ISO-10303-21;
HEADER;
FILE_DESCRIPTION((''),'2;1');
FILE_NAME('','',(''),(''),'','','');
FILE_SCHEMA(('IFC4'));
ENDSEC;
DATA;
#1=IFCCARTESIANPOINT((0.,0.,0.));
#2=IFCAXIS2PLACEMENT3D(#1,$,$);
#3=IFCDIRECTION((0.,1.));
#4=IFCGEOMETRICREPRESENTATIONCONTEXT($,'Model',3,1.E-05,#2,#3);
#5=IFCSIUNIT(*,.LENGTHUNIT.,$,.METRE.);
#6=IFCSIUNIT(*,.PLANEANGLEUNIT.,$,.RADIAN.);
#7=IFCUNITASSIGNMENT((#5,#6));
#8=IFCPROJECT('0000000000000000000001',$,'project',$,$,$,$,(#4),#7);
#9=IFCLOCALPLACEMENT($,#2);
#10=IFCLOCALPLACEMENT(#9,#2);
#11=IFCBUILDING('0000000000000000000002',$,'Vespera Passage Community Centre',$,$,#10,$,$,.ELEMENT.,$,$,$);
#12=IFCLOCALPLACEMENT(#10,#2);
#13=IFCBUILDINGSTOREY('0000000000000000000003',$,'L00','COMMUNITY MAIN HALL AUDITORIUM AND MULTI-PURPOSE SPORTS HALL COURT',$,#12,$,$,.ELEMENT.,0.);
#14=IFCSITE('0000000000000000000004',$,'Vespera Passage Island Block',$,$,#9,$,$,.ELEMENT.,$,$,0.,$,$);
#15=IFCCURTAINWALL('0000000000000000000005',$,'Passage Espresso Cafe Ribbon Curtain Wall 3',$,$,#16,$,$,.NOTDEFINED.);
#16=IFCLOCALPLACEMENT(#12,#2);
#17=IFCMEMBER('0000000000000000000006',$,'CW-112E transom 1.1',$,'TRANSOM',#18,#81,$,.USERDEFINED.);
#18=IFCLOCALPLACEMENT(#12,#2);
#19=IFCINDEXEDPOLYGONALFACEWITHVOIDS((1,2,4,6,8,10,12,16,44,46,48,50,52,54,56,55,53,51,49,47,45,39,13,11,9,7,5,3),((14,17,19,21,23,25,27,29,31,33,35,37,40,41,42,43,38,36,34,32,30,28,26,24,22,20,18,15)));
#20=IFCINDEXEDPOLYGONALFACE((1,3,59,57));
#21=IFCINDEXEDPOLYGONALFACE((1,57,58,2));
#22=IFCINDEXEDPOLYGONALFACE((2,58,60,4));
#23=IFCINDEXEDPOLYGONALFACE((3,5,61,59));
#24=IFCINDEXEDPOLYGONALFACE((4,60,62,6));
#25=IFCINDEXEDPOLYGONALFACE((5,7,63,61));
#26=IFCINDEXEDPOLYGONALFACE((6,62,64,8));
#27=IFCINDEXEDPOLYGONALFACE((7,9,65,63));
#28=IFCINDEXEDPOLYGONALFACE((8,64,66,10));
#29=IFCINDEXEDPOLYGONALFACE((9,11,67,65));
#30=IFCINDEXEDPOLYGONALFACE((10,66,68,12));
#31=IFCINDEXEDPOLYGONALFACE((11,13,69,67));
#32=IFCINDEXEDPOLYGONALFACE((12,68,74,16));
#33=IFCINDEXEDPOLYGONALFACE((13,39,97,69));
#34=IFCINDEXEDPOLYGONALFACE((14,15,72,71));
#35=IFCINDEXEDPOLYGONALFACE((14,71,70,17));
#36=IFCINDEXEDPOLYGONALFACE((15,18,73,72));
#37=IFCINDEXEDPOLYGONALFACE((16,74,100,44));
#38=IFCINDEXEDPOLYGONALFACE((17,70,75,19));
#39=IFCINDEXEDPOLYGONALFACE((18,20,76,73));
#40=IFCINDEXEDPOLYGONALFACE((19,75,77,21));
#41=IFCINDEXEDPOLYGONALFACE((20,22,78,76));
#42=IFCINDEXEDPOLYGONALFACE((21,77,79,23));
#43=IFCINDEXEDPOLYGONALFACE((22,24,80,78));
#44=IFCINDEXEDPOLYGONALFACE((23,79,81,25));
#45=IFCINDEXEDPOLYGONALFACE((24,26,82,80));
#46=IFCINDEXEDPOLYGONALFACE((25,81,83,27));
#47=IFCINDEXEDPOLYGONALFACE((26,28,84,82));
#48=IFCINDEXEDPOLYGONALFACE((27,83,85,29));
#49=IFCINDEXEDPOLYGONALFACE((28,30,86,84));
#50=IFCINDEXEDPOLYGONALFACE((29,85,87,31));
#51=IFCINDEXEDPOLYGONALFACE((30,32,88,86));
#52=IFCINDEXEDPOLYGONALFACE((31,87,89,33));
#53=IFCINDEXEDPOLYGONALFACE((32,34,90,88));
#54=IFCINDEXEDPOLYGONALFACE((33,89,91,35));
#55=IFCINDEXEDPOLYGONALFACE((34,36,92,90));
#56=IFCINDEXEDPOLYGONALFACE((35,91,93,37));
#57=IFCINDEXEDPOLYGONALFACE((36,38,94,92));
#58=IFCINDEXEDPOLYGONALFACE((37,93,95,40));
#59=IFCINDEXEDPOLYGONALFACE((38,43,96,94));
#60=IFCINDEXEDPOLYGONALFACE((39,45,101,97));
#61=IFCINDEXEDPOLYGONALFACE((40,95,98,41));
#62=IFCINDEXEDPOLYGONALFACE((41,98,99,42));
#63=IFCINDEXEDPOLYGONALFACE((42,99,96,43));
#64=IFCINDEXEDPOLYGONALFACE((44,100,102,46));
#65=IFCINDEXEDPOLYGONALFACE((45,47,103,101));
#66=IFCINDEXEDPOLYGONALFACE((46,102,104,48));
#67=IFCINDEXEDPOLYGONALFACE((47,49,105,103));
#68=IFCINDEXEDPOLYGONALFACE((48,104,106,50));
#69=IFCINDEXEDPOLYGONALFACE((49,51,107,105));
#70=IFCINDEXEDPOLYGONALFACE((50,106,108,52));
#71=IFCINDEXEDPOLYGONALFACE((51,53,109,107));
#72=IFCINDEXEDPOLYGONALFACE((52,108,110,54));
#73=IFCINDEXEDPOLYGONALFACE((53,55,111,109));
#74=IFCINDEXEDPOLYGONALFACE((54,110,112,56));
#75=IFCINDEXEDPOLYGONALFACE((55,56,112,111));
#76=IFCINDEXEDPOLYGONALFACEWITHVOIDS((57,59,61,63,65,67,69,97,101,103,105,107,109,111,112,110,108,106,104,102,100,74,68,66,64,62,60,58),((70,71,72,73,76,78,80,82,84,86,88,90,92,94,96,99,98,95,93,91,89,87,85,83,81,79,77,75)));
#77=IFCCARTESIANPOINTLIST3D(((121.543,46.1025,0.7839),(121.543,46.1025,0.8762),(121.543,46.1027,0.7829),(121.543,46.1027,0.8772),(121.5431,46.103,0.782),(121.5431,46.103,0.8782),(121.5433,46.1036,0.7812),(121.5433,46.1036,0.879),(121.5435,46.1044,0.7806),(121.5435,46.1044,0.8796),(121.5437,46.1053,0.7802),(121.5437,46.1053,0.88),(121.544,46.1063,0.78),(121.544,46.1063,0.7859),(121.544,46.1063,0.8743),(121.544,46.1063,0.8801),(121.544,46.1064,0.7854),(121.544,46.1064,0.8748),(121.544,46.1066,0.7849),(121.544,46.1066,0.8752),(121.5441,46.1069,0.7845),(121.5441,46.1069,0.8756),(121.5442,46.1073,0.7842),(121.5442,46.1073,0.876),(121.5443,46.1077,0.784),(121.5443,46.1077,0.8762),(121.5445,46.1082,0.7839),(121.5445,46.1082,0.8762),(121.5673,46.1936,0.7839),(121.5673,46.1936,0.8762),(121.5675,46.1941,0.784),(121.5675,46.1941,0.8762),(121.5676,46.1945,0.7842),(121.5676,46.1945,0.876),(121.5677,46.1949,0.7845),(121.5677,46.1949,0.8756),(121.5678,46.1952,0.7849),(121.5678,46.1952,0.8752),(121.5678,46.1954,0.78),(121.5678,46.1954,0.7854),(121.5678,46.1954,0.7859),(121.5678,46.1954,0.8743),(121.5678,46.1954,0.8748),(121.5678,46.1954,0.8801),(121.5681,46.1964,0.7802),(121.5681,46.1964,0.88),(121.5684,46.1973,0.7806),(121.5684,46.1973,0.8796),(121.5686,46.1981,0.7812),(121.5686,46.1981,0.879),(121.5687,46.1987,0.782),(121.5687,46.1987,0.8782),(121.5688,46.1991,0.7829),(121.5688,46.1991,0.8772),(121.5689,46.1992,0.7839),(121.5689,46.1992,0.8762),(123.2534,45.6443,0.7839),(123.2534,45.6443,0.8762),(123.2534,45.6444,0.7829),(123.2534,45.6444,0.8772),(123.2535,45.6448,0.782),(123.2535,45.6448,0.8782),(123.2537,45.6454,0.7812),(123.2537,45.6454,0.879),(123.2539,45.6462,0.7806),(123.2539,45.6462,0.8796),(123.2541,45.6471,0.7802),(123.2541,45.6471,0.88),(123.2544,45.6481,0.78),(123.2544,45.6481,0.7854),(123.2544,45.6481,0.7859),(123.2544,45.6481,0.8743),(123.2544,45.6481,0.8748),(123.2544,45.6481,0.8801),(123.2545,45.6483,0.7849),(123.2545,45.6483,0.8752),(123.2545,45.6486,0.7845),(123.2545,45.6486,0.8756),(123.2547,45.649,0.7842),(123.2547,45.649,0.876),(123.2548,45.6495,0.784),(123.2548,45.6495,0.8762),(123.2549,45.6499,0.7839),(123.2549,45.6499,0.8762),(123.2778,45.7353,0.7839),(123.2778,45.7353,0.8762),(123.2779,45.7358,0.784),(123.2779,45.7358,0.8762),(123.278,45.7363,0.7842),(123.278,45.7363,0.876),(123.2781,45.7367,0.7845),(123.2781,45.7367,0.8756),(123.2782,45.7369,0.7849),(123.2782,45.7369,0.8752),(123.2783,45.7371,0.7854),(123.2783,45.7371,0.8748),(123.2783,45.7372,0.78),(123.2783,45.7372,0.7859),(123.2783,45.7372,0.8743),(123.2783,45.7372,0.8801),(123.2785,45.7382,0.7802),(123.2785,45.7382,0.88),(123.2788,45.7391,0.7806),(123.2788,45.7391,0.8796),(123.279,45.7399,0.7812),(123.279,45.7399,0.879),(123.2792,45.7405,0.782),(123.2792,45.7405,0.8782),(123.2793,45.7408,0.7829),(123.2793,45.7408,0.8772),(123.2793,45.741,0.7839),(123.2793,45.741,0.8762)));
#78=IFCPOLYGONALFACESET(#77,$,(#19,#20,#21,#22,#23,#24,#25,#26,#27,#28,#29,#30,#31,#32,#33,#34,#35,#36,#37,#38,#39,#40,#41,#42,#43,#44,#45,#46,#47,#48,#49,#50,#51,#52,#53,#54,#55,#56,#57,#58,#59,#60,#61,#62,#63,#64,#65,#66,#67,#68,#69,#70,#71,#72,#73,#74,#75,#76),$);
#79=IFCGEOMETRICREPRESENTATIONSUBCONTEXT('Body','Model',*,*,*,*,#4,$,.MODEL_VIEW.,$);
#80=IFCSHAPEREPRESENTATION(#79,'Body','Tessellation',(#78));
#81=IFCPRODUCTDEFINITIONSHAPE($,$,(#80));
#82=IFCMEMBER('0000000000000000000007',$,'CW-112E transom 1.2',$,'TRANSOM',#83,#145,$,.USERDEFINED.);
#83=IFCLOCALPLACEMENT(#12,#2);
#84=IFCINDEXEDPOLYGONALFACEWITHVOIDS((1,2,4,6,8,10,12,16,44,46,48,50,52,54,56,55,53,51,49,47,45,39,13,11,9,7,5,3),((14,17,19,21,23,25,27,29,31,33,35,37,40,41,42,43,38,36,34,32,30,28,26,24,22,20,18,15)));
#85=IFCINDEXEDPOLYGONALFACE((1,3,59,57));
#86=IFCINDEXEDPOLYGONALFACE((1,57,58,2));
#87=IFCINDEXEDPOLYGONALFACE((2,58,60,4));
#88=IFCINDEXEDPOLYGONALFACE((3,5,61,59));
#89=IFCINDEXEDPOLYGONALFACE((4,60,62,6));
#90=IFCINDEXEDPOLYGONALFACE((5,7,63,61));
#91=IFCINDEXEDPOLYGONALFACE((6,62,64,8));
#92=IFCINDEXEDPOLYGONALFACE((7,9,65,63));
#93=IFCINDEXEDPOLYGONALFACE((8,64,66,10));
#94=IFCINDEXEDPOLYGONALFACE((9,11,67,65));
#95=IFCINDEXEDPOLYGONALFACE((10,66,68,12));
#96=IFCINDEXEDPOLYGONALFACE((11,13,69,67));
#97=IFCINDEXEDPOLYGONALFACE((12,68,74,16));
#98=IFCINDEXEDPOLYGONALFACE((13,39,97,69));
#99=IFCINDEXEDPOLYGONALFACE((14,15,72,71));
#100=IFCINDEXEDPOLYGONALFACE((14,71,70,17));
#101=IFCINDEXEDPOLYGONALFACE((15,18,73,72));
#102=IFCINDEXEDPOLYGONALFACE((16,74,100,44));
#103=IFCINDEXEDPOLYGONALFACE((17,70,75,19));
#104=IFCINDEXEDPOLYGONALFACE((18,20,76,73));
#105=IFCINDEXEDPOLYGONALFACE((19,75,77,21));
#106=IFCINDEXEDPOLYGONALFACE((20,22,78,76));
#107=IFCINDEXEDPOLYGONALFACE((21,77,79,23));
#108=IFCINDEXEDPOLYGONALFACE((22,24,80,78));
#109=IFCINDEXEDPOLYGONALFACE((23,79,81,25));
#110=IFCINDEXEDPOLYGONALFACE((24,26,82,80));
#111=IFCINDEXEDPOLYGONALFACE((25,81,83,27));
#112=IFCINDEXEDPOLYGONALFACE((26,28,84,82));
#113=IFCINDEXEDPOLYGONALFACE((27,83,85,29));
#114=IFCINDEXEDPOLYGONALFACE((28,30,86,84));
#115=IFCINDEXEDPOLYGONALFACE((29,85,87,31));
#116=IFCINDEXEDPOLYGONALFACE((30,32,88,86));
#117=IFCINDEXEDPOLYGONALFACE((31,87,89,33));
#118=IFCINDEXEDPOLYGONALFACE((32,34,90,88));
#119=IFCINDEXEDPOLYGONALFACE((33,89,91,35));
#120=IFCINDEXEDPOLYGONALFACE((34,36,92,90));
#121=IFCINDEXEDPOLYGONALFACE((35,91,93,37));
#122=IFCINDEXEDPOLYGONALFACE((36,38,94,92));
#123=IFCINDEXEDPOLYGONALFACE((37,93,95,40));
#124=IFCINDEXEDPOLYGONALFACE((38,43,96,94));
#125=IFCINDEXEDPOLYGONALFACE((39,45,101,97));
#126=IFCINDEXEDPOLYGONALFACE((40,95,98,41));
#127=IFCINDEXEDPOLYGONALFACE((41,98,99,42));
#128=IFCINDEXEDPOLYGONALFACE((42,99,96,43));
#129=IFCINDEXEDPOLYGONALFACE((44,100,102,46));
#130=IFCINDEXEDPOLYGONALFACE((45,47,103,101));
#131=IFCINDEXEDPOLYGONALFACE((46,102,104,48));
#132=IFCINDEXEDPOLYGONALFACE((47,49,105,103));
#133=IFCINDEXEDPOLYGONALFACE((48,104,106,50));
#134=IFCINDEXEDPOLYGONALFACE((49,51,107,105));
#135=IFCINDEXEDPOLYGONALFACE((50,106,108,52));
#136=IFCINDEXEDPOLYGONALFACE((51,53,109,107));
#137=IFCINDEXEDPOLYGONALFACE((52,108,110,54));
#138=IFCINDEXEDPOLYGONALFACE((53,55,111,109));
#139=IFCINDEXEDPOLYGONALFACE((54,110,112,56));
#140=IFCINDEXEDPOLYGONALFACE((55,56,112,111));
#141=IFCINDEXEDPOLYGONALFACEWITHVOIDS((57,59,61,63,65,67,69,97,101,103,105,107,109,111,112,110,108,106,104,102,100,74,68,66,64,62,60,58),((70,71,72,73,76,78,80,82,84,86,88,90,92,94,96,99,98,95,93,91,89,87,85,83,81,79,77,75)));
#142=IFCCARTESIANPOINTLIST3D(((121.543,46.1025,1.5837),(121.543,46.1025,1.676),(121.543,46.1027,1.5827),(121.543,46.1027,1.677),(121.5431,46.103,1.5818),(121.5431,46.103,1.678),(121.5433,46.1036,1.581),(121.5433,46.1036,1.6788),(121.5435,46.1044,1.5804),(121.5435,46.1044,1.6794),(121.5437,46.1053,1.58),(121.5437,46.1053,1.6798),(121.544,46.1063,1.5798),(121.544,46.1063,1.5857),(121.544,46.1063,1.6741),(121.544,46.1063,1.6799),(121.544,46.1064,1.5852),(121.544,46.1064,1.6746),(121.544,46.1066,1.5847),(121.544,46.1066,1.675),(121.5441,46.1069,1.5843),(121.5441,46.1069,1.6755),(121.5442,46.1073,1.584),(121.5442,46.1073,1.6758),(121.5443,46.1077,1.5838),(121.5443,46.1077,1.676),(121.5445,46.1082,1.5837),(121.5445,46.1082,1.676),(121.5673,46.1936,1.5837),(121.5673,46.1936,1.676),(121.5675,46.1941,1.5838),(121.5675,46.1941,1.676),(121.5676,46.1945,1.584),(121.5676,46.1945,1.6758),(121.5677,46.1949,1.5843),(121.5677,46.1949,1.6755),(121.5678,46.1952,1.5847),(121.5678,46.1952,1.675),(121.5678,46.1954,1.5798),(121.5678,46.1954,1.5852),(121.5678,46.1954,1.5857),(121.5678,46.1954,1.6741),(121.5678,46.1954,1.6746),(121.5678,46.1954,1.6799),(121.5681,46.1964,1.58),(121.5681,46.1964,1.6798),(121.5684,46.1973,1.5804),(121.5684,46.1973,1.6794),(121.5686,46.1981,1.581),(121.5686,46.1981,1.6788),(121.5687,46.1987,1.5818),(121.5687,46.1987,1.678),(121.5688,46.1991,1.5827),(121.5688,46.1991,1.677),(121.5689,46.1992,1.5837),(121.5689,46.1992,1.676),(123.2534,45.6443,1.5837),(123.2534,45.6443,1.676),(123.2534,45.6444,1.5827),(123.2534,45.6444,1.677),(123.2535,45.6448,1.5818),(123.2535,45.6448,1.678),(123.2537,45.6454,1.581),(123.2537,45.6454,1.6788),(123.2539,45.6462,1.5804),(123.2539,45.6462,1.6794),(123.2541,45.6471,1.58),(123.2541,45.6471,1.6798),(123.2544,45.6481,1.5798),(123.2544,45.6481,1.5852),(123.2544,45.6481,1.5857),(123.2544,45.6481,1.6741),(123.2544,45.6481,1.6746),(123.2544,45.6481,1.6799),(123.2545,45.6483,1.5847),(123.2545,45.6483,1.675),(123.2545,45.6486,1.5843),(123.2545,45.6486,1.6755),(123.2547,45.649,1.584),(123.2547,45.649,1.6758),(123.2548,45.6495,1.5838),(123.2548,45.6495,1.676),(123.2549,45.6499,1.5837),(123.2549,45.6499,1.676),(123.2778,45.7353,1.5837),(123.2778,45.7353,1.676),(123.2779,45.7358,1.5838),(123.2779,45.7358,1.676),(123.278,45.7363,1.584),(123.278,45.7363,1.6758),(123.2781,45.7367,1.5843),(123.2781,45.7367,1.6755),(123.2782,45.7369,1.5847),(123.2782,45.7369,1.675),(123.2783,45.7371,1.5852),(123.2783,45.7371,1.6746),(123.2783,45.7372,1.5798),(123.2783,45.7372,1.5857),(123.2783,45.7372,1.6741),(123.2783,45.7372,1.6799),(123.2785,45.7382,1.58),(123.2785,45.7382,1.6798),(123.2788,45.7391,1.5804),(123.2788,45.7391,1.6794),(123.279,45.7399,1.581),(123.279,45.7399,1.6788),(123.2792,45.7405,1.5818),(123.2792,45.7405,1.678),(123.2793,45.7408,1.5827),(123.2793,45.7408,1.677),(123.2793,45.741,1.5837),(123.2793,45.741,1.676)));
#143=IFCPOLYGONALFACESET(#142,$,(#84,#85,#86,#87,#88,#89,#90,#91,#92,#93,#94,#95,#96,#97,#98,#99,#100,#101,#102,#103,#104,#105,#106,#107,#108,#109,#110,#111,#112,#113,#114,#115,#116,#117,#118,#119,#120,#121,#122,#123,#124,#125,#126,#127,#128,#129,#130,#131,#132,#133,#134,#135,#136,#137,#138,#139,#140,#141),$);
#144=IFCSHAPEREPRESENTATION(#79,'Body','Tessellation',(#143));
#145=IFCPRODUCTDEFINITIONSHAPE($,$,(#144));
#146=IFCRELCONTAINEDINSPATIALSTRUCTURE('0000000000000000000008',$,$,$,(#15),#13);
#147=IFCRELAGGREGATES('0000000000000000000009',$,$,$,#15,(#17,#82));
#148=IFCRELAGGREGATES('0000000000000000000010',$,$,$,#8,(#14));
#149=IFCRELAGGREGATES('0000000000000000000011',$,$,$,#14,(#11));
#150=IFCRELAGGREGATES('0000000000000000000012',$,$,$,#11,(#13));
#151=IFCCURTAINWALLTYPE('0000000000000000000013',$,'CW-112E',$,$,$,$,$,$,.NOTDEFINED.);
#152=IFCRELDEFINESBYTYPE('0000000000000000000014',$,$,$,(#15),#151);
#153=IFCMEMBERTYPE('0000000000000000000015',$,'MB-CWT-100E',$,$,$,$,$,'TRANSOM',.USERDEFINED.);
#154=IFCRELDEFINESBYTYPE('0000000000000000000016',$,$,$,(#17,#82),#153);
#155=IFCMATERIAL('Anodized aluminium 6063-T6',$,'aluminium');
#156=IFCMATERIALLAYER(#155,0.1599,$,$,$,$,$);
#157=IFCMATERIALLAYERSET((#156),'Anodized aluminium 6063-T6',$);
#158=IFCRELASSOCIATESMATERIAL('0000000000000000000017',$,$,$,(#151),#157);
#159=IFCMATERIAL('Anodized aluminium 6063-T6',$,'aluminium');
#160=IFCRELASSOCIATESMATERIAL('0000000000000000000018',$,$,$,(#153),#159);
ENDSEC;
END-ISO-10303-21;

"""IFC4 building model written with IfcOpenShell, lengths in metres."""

from ifc_helpers import new_model, si_unit, direction, frame, origin, origin_2d, place, context, subcontext, project, spatial, hollow_rectangle, extrude, material, layer, layer_set, material_profile, profile_set, type_object, element, aggregate, save


model = new_model("IFC4")

# Units and contexts
model_context = context("Model", 3, precision=1e-05, world=origin(), true_north=direction((0.0, 1.0)))
body_context = subcontext(model_context, "Body", "Model", "MODEL_VIEW")
ifc_project = project(units=[si_unit("LENGTHUNIT", "METRE"), si_unit("PLANEANGLEUNIT", "RADIAN")], contexts=[model_context])

# Site, building, storey
site_placement = place(None, origin())
site = spatial("IfcSite", under=ifc_project, at=site_placement, Name="Vespera Passage Island Block", CompositionType="ELEMENT", RefElevation=0.0)
building_placement = place(site_placement, origin())
building = spatial("IfcBuilding", under=site, at=building_placement, Name="Vespera Passage Community Centre", CompositionType="ELEMENT")
storey_placement = place(building_placement, origin())
storey = spatial("IfcBuildingStorey", under=building, at=storey_placement, Name="L00", Description="COMMUNITY MAIN HALL AUDITORIUM AND MULTI-PURPOSE SPORTS HALL COURT", CompositionType="ELEMENT", Elevation=0.0)

# Curtain wall
ifc_material_1 = material(Name="Anodized aluminium 6063-T6", Category="aluminium")
ifc_layer_1 = layer(ifc_material_1, 0.1599)
ifc_layer_set_1 = layer_set([ifc_layer_1], Name="Anodized aluminium 6063-T6")
curtain_wall_type = type_object("IfcCurtainWallType", Name="CW-112E", PredefinedType="NOTDEFINED", material=ifc_layer_set_1)
curtain_wall_1_placement = place(storey_placement, origin())
curtain_wall_1 = element("IfcCurtainWall", 1, at=curtain_wall_1_placement, inside=storey, type_object=curtain_wall_type, Name="Passage Espresso Cafe Ribbon Curtain Wall 3", PredefinedType="NOTDEFINED")

# Members
ifc_material_2 = material(Name="Anodized aluminium 6063-T6", Category="aluminium")
ifc_material_profile_1 = material_profile(ifc_material_2, hollow_rectangle(XDim=0.1001, YDim=0.1001, WallThickness=0.0039, InnerFilletRadius=0.002, OuterFilletRadius=0.0039, at=origin_2d()), Name="ALU100X100X4")
ifc_profile_set_1 = profile_set([ifc_material_profile_1], Name="Anodized aluminium 6063-T6")
member_type_1 = type_object("IfcMemberType", Name="MB-CWT-100E", ElementType="TRANSOM", PredefinedType="USERDEFINED", material=ifc_profile_set_1)
member_1_placement = place(storey_placement, frame((121.5559, 46.1509, 0.8301), z_axis=(0.965935, -0.258787, 0.0), x_axis=(0.258787, 0.965935, 0.0)))
member_1 = element("IfcMember", 2, at=member_1_placement, type_object=member_type_1, Name="CW-112E transom 1.1", ObjectType="TRANSOM", PredefinedType="USERDEFINED", context=body_context, shape_type="SweptSolid", body=[
    extrude(hollow_rectangle(XDim=0.1001, YDim=0.1001, WallThickness=0.0039, InnerFilletRadius=0.002, OuterFilletRadius=0.0039, at=origin_2d()), origin(), (0.0, 0.0, 1.0), 1.7708),
])
member_2_placement = place(storey_placement, frame((121.5559, 46.1509, 1.6299), z_axis=(0.965935, -0.258787, 0.0), x_axis=(0.258787, 0.965935, 0.0)))
member_2 = element("IfcMember", 3, at=member_2_placement, type_object=member_type_1, Name="CW-112E transom 1.2", ObjectType="TRANSOM", PredefinedType="USERDEFINED", context=body_context, shape_type="SweptSolid", body=[
    extrude(hollow_rectangle(XDim=0.1001, YDim=0.1001, WallThickness=0.0039, InnerFilletRadius=0.002, OuterFilletRadius=0.0039, at=origin_2d()), origin(), (0.0, 0.0, 1.0), 1.7708),
])

aggregate(curtain_wall_1, [member_1, member_2])

save(model, "model.ifc")
